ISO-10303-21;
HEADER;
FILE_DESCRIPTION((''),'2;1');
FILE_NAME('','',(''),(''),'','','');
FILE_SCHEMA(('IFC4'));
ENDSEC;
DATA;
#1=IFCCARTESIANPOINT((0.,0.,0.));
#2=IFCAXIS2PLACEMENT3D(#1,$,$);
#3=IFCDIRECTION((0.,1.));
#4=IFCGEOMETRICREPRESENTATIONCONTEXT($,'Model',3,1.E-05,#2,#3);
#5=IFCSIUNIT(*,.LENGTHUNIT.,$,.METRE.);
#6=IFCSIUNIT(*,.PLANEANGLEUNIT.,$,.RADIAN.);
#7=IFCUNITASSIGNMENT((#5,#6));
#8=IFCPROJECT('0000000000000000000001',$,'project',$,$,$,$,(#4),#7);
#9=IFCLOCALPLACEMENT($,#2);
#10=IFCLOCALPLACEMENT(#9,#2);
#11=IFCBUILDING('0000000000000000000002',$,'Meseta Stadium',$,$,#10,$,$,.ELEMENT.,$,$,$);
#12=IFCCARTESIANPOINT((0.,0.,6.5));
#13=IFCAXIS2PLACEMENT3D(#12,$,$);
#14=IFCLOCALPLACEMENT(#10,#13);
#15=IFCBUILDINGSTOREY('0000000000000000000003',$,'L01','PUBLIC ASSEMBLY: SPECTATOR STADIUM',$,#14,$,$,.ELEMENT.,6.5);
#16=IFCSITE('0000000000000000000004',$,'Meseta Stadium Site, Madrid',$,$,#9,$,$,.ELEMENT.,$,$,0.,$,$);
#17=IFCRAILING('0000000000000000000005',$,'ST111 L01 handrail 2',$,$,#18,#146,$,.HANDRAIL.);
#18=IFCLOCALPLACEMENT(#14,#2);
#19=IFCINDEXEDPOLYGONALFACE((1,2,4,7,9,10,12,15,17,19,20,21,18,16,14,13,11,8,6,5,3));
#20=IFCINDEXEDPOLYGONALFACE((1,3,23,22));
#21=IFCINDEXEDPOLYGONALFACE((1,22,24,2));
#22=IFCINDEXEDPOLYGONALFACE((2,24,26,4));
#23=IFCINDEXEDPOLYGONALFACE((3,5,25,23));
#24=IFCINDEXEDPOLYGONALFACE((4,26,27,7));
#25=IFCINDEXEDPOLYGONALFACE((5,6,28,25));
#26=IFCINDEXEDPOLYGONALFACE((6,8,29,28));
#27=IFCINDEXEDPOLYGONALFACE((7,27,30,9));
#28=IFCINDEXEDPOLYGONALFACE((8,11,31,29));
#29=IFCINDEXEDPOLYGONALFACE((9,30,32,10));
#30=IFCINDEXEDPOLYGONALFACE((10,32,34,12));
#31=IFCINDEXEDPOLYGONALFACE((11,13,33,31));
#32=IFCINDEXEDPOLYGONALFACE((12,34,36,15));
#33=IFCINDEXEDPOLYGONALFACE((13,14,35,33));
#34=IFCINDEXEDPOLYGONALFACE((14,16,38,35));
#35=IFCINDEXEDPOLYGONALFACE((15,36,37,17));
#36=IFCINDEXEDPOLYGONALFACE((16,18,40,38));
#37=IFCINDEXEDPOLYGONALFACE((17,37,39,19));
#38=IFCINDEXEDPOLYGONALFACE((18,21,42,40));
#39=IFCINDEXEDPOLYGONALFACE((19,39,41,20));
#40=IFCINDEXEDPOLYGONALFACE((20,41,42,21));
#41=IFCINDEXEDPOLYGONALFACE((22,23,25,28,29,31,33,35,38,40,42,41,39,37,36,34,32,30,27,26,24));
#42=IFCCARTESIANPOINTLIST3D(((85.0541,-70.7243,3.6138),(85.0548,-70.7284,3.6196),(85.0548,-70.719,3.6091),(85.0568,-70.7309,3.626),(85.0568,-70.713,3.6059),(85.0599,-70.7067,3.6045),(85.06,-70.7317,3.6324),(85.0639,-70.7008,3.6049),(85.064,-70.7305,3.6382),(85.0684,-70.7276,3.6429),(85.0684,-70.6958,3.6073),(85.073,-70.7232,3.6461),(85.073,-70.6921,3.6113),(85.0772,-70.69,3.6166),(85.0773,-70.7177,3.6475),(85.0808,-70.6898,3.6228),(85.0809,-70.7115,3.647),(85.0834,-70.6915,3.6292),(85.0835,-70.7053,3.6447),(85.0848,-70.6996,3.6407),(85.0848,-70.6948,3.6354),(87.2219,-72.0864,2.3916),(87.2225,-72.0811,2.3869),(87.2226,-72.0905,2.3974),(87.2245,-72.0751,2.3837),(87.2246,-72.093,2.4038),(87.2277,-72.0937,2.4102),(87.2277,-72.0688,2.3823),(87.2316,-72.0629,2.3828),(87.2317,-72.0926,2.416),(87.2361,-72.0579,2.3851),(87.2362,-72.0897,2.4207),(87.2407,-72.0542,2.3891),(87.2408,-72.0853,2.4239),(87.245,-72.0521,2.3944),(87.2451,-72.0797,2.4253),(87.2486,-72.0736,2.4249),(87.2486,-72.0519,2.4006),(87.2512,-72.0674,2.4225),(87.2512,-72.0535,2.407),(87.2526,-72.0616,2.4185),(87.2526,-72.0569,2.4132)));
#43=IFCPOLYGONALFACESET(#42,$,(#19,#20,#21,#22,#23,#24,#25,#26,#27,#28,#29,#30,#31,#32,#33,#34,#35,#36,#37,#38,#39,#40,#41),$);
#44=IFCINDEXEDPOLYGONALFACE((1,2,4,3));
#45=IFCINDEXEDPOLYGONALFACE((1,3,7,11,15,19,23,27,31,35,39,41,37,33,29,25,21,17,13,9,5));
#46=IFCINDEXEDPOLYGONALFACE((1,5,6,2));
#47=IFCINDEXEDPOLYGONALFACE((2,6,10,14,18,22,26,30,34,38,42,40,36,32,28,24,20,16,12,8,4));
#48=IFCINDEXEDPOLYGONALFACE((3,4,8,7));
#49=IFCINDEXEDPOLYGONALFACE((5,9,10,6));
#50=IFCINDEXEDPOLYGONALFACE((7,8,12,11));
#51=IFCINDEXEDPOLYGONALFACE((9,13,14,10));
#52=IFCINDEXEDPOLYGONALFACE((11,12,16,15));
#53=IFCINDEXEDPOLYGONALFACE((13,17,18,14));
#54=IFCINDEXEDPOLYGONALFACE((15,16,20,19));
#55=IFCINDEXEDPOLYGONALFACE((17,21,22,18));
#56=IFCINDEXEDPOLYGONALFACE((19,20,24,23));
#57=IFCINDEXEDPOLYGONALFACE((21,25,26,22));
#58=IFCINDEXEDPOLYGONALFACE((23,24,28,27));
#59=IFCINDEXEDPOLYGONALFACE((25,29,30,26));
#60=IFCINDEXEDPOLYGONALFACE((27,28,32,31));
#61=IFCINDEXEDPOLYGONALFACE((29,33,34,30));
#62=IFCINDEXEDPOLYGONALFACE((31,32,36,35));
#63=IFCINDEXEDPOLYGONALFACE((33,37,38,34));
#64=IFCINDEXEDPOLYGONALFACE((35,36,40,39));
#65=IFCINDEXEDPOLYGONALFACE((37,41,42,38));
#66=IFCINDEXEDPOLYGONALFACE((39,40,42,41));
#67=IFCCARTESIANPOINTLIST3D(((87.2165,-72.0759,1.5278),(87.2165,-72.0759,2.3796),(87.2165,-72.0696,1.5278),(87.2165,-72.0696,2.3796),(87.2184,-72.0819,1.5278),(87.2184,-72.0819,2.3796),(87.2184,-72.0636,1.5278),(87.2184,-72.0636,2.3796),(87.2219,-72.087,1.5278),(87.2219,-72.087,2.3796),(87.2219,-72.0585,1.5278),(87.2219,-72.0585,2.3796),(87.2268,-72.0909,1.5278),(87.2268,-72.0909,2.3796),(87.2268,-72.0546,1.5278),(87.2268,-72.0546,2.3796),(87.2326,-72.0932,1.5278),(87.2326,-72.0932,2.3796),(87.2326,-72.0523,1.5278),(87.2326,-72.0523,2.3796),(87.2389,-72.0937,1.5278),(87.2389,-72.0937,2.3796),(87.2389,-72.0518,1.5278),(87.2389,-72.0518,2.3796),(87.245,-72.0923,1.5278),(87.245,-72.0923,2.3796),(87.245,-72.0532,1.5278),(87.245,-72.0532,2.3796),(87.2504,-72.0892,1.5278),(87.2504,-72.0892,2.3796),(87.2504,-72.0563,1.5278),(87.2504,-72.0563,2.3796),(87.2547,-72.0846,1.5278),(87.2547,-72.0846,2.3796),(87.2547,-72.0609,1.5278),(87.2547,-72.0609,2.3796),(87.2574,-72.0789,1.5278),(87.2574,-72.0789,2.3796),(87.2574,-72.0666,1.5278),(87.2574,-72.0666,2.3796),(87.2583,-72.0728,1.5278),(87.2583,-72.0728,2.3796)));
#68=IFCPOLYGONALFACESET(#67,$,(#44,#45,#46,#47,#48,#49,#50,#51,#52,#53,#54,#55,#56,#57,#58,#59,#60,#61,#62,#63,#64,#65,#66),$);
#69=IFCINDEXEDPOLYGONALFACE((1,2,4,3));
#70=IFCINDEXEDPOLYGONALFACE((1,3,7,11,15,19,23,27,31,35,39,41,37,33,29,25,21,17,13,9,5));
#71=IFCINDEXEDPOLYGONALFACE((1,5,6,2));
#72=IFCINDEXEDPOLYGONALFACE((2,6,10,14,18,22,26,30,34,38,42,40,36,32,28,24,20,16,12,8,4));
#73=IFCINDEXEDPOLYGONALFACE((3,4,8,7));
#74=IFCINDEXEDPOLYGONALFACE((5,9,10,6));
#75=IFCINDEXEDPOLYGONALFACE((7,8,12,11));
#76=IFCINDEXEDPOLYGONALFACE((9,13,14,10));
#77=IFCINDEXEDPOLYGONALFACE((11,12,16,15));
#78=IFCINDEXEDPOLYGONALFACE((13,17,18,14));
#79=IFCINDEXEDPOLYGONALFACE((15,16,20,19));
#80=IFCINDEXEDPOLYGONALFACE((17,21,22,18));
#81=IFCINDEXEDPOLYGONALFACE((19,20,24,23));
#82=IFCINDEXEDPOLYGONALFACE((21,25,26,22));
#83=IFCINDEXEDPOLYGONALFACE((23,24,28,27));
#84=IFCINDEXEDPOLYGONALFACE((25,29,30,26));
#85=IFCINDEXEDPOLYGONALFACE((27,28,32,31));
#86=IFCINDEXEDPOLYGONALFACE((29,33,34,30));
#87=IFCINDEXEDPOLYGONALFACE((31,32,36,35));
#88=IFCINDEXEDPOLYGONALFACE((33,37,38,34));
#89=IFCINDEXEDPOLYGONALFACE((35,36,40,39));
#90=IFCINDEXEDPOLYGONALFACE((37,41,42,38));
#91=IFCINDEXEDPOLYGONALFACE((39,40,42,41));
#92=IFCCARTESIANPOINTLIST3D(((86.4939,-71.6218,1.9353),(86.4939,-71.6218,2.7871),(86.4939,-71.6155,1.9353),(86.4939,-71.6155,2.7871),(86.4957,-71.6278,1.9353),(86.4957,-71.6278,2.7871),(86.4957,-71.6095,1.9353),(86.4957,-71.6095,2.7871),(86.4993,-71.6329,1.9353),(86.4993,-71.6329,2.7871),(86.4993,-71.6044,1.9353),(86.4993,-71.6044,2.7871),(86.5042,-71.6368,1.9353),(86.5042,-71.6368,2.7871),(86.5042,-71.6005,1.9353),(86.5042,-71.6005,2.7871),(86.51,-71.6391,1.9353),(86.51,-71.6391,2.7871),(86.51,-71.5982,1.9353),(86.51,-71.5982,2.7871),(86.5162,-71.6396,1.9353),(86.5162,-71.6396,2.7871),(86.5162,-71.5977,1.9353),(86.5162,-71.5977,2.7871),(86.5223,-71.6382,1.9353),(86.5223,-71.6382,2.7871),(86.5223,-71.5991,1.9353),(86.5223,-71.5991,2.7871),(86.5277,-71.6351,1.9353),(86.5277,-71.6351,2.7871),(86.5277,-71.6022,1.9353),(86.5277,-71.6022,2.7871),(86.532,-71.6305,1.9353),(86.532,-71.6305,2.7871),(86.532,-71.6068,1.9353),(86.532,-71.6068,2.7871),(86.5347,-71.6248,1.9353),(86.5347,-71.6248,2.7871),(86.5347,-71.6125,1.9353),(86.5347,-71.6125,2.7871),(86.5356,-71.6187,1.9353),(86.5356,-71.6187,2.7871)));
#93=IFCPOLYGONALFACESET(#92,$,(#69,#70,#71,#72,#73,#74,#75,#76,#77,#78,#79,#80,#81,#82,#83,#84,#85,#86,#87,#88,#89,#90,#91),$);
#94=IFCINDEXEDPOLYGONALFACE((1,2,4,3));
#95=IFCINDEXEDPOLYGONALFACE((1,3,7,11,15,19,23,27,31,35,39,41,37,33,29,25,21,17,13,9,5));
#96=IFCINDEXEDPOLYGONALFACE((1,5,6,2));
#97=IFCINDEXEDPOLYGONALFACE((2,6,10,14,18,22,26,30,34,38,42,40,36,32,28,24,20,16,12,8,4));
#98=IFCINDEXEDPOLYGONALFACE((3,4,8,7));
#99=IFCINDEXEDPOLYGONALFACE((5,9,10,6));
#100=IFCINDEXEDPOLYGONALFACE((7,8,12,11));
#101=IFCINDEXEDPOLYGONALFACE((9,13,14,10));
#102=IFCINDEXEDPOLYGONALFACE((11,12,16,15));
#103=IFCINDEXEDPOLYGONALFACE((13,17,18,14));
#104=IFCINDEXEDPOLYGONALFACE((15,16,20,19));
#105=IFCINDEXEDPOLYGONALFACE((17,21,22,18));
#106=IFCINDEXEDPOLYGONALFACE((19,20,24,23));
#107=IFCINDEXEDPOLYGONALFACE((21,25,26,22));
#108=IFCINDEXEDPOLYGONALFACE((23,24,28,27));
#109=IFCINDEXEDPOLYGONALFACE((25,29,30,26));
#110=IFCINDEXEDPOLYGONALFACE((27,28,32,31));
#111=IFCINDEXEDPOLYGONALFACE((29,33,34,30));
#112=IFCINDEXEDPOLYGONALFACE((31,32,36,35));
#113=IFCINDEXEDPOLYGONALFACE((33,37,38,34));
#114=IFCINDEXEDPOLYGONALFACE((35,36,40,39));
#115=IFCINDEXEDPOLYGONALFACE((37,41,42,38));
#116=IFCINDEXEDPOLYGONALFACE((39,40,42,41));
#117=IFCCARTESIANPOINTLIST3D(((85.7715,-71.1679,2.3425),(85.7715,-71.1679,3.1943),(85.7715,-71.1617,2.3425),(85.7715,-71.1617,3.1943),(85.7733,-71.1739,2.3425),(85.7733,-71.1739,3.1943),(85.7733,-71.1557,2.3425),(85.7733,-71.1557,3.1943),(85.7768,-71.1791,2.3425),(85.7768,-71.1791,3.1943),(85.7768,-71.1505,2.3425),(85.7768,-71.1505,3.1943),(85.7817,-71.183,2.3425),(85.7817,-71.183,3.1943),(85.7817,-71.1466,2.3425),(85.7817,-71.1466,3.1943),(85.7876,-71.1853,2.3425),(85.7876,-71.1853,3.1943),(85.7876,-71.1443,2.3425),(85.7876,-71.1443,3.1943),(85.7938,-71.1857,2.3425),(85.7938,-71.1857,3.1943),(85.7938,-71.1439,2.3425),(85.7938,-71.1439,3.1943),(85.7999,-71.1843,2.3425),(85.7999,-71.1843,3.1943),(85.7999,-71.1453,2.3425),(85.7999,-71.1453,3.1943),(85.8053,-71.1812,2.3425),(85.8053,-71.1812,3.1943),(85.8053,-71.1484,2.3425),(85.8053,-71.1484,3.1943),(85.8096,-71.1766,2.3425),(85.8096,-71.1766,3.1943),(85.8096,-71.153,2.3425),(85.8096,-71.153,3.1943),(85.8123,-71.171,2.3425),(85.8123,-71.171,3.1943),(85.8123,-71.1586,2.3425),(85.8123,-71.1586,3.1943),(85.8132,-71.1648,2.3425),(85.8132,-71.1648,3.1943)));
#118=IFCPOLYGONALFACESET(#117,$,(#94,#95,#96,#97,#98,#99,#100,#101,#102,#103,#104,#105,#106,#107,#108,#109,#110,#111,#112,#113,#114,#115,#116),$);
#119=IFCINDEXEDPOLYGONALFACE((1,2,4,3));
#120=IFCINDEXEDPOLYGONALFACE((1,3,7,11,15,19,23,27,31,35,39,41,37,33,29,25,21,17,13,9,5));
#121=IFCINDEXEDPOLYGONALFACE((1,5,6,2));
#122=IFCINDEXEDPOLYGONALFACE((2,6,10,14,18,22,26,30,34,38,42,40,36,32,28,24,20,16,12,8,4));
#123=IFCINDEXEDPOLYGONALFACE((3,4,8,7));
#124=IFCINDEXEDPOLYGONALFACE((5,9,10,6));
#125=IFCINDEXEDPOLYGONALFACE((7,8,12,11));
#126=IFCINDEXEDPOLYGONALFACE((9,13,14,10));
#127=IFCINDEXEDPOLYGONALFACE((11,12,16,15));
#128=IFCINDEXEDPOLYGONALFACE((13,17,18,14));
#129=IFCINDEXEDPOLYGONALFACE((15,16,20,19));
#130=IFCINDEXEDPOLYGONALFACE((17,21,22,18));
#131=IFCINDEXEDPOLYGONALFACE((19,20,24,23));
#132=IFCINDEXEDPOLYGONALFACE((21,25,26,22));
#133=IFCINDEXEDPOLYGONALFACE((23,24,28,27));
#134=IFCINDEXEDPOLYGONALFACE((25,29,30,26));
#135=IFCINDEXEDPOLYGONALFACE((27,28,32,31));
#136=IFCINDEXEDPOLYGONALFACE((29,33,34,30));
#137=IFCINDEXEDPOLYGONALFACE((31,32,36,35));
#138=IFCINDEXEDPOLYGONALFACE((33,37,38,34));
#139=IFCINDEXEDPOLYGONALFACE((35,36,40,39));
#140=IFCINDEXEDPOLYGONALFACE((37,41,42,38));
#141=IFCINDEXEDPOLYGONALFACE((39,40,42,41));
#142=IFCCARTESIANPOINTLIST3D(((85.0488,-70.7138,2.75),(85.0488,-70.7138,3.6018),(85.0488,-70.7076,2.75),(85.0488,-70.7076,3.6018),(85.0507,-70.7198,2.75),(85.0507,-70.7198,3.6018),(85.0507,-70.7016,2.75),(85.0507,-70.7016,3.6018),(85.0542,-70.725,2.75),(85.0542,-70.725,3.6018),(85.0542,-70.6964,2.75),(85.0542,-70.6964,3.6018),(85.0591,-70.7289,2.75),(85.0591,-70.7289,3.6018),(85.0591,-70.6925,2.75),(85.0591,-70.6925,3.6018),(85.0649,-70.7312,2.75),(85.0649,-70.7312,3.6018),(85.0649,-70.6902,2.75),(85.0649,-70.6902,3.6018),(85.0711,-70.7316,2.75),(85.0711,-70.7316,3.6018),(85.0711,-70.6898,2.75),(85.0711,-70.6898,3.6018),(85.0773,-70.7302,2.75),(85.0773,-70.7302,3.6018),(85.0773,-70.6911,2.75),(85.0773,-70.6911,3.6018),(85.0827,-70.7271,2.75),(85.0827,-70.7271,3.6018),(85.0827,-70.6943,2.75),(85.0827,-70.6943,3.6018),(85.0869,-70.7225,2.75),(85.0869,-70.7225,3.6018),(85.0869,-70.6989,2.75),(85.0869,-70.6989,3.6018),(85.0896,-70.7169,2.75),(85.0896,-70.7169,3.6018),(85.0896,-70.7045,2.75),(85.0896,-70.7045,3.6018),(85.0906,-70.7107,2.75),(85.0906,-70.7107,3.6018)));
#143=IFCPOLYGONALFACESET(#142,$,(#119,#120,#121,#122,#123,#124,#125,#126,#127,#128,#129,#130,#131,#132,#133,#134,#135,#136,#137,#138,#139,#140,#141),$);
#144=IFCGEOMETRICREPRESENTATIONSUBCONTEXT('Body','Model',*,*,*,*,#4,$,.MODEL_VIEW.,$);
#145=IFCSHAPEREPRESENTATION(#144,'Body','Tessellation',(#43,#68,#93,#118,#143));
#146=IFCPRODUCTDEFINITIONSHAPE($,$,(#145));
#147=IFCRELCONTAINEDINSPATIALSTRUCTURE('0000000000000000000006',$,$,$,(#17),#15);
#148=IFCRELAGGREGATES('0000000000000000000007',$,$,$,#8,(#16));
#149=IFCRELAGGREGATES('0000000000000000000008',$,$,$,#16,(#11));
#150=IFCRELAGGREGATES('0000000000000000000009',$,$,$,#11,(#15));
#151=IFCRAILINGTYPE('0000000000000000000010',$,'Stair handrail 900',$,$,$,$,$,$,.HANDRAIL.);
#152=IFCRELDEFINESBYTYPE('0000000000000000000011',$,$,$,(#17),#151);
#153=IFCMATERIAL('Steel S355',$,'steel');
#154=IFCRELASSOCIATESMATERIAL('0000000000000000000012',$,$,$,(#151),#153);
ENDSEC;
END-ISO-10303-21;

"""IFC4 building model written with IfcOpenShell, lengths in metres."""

from ifc_helpers import new_model, si_unit, direction, frame, origin, origin_2d, place, context, subcontext, project, spatial, circle, extrude, material, type_object, element, save


model = new_model("IFC4")

# Units and contexts
model_context = context("Model", 3, precision=1e-05, world=origin(), true_north=direction((0.0, 1.0)))
body_context = subcontext(model_context, "Body", "Model", "MODEL_VIEW")
ifc_project = project(units=[si_unit("LENGTHUNIT", "METRE"), si_unit("PLANEANGLEUNIT", "RADIAN")], contexts=[model_context])

# Site, building, storey
site_placement = place(None, origin())
site = spatial("IfcSite", under=ifc_project, at=site_placement, Name="Meseta Stadium Site, Madrid", CompositionType="ELEMENT", RefElevation=0.0)
building_placement = place(site_placement, origin())
building = spatial("IfcBuilding", under=site, at=building_placement, Name="Meseta Stadium", CompositionType="ELEMENT")
storey_placement = place(building_placement, frame((0.0, 0.0, 6.5)))
storey = spatial("IfcBuildingStorey", under=building, at=storey_placement, Name="L01", Description="PUBLIC ASSEMBLY: SPECTATOR STADIUM", CompositionType="ELEMENT", Elevation=6.5)

# Railing
ifc_material_1 = material(Name="Steel S355", Category="steel")
railing_type_1 = type_object("IfcRailingType", Name="Stair handrail 900", PredefinedType="HANDRAIL", material=ifc_material_1)
for number, where, name in (
    (1, (87.2373, -72.0728, 1.5278), "ST111 L01 handrail 2"),
):
    element("IfcRailing", number, at=place(storey_placement, frame(where)), inside=storey, type_object=railing_type_1, Name=name, PredefinedType="HANDRAIL", context=body_context, shape_type="SweptSolid", body=[
        extrude(circle(Radius=0.0239, at=origin_2d()), frame((0.0, 0.0, 0.876), z_axis=(-0.764121, 0.480125, 0.430813), x_axis=(-0.532029, -0.846726, 0.0)), (0.0, 0.0, 1.0), 2.8369),
        extrude(circle(Radius=0.021, at=origin_2d()), origin(), (0.0, 0.0, 1.0), 0.8518),
        extrude(circle(Radius=0.021, at=origin_2d()), frame((-0.7227, 0.4541, 0.4075)), (0.0, 0.0, 1.0), 0.8518),
        extrude(circle(Radius=0.021, at=origin_2d()), frame((-1.4451, 0.908, 0.8147)), (0.0, 0.0, 1.0), 0.8518),
        extrude(circle(Radius=0.021, at=origin_2d()), frame((-2.1677, 1.3621, 1.2222)), (0.0, 0.0, 1.0), 0.8518),
    ])

save(model, "model.ifc")
